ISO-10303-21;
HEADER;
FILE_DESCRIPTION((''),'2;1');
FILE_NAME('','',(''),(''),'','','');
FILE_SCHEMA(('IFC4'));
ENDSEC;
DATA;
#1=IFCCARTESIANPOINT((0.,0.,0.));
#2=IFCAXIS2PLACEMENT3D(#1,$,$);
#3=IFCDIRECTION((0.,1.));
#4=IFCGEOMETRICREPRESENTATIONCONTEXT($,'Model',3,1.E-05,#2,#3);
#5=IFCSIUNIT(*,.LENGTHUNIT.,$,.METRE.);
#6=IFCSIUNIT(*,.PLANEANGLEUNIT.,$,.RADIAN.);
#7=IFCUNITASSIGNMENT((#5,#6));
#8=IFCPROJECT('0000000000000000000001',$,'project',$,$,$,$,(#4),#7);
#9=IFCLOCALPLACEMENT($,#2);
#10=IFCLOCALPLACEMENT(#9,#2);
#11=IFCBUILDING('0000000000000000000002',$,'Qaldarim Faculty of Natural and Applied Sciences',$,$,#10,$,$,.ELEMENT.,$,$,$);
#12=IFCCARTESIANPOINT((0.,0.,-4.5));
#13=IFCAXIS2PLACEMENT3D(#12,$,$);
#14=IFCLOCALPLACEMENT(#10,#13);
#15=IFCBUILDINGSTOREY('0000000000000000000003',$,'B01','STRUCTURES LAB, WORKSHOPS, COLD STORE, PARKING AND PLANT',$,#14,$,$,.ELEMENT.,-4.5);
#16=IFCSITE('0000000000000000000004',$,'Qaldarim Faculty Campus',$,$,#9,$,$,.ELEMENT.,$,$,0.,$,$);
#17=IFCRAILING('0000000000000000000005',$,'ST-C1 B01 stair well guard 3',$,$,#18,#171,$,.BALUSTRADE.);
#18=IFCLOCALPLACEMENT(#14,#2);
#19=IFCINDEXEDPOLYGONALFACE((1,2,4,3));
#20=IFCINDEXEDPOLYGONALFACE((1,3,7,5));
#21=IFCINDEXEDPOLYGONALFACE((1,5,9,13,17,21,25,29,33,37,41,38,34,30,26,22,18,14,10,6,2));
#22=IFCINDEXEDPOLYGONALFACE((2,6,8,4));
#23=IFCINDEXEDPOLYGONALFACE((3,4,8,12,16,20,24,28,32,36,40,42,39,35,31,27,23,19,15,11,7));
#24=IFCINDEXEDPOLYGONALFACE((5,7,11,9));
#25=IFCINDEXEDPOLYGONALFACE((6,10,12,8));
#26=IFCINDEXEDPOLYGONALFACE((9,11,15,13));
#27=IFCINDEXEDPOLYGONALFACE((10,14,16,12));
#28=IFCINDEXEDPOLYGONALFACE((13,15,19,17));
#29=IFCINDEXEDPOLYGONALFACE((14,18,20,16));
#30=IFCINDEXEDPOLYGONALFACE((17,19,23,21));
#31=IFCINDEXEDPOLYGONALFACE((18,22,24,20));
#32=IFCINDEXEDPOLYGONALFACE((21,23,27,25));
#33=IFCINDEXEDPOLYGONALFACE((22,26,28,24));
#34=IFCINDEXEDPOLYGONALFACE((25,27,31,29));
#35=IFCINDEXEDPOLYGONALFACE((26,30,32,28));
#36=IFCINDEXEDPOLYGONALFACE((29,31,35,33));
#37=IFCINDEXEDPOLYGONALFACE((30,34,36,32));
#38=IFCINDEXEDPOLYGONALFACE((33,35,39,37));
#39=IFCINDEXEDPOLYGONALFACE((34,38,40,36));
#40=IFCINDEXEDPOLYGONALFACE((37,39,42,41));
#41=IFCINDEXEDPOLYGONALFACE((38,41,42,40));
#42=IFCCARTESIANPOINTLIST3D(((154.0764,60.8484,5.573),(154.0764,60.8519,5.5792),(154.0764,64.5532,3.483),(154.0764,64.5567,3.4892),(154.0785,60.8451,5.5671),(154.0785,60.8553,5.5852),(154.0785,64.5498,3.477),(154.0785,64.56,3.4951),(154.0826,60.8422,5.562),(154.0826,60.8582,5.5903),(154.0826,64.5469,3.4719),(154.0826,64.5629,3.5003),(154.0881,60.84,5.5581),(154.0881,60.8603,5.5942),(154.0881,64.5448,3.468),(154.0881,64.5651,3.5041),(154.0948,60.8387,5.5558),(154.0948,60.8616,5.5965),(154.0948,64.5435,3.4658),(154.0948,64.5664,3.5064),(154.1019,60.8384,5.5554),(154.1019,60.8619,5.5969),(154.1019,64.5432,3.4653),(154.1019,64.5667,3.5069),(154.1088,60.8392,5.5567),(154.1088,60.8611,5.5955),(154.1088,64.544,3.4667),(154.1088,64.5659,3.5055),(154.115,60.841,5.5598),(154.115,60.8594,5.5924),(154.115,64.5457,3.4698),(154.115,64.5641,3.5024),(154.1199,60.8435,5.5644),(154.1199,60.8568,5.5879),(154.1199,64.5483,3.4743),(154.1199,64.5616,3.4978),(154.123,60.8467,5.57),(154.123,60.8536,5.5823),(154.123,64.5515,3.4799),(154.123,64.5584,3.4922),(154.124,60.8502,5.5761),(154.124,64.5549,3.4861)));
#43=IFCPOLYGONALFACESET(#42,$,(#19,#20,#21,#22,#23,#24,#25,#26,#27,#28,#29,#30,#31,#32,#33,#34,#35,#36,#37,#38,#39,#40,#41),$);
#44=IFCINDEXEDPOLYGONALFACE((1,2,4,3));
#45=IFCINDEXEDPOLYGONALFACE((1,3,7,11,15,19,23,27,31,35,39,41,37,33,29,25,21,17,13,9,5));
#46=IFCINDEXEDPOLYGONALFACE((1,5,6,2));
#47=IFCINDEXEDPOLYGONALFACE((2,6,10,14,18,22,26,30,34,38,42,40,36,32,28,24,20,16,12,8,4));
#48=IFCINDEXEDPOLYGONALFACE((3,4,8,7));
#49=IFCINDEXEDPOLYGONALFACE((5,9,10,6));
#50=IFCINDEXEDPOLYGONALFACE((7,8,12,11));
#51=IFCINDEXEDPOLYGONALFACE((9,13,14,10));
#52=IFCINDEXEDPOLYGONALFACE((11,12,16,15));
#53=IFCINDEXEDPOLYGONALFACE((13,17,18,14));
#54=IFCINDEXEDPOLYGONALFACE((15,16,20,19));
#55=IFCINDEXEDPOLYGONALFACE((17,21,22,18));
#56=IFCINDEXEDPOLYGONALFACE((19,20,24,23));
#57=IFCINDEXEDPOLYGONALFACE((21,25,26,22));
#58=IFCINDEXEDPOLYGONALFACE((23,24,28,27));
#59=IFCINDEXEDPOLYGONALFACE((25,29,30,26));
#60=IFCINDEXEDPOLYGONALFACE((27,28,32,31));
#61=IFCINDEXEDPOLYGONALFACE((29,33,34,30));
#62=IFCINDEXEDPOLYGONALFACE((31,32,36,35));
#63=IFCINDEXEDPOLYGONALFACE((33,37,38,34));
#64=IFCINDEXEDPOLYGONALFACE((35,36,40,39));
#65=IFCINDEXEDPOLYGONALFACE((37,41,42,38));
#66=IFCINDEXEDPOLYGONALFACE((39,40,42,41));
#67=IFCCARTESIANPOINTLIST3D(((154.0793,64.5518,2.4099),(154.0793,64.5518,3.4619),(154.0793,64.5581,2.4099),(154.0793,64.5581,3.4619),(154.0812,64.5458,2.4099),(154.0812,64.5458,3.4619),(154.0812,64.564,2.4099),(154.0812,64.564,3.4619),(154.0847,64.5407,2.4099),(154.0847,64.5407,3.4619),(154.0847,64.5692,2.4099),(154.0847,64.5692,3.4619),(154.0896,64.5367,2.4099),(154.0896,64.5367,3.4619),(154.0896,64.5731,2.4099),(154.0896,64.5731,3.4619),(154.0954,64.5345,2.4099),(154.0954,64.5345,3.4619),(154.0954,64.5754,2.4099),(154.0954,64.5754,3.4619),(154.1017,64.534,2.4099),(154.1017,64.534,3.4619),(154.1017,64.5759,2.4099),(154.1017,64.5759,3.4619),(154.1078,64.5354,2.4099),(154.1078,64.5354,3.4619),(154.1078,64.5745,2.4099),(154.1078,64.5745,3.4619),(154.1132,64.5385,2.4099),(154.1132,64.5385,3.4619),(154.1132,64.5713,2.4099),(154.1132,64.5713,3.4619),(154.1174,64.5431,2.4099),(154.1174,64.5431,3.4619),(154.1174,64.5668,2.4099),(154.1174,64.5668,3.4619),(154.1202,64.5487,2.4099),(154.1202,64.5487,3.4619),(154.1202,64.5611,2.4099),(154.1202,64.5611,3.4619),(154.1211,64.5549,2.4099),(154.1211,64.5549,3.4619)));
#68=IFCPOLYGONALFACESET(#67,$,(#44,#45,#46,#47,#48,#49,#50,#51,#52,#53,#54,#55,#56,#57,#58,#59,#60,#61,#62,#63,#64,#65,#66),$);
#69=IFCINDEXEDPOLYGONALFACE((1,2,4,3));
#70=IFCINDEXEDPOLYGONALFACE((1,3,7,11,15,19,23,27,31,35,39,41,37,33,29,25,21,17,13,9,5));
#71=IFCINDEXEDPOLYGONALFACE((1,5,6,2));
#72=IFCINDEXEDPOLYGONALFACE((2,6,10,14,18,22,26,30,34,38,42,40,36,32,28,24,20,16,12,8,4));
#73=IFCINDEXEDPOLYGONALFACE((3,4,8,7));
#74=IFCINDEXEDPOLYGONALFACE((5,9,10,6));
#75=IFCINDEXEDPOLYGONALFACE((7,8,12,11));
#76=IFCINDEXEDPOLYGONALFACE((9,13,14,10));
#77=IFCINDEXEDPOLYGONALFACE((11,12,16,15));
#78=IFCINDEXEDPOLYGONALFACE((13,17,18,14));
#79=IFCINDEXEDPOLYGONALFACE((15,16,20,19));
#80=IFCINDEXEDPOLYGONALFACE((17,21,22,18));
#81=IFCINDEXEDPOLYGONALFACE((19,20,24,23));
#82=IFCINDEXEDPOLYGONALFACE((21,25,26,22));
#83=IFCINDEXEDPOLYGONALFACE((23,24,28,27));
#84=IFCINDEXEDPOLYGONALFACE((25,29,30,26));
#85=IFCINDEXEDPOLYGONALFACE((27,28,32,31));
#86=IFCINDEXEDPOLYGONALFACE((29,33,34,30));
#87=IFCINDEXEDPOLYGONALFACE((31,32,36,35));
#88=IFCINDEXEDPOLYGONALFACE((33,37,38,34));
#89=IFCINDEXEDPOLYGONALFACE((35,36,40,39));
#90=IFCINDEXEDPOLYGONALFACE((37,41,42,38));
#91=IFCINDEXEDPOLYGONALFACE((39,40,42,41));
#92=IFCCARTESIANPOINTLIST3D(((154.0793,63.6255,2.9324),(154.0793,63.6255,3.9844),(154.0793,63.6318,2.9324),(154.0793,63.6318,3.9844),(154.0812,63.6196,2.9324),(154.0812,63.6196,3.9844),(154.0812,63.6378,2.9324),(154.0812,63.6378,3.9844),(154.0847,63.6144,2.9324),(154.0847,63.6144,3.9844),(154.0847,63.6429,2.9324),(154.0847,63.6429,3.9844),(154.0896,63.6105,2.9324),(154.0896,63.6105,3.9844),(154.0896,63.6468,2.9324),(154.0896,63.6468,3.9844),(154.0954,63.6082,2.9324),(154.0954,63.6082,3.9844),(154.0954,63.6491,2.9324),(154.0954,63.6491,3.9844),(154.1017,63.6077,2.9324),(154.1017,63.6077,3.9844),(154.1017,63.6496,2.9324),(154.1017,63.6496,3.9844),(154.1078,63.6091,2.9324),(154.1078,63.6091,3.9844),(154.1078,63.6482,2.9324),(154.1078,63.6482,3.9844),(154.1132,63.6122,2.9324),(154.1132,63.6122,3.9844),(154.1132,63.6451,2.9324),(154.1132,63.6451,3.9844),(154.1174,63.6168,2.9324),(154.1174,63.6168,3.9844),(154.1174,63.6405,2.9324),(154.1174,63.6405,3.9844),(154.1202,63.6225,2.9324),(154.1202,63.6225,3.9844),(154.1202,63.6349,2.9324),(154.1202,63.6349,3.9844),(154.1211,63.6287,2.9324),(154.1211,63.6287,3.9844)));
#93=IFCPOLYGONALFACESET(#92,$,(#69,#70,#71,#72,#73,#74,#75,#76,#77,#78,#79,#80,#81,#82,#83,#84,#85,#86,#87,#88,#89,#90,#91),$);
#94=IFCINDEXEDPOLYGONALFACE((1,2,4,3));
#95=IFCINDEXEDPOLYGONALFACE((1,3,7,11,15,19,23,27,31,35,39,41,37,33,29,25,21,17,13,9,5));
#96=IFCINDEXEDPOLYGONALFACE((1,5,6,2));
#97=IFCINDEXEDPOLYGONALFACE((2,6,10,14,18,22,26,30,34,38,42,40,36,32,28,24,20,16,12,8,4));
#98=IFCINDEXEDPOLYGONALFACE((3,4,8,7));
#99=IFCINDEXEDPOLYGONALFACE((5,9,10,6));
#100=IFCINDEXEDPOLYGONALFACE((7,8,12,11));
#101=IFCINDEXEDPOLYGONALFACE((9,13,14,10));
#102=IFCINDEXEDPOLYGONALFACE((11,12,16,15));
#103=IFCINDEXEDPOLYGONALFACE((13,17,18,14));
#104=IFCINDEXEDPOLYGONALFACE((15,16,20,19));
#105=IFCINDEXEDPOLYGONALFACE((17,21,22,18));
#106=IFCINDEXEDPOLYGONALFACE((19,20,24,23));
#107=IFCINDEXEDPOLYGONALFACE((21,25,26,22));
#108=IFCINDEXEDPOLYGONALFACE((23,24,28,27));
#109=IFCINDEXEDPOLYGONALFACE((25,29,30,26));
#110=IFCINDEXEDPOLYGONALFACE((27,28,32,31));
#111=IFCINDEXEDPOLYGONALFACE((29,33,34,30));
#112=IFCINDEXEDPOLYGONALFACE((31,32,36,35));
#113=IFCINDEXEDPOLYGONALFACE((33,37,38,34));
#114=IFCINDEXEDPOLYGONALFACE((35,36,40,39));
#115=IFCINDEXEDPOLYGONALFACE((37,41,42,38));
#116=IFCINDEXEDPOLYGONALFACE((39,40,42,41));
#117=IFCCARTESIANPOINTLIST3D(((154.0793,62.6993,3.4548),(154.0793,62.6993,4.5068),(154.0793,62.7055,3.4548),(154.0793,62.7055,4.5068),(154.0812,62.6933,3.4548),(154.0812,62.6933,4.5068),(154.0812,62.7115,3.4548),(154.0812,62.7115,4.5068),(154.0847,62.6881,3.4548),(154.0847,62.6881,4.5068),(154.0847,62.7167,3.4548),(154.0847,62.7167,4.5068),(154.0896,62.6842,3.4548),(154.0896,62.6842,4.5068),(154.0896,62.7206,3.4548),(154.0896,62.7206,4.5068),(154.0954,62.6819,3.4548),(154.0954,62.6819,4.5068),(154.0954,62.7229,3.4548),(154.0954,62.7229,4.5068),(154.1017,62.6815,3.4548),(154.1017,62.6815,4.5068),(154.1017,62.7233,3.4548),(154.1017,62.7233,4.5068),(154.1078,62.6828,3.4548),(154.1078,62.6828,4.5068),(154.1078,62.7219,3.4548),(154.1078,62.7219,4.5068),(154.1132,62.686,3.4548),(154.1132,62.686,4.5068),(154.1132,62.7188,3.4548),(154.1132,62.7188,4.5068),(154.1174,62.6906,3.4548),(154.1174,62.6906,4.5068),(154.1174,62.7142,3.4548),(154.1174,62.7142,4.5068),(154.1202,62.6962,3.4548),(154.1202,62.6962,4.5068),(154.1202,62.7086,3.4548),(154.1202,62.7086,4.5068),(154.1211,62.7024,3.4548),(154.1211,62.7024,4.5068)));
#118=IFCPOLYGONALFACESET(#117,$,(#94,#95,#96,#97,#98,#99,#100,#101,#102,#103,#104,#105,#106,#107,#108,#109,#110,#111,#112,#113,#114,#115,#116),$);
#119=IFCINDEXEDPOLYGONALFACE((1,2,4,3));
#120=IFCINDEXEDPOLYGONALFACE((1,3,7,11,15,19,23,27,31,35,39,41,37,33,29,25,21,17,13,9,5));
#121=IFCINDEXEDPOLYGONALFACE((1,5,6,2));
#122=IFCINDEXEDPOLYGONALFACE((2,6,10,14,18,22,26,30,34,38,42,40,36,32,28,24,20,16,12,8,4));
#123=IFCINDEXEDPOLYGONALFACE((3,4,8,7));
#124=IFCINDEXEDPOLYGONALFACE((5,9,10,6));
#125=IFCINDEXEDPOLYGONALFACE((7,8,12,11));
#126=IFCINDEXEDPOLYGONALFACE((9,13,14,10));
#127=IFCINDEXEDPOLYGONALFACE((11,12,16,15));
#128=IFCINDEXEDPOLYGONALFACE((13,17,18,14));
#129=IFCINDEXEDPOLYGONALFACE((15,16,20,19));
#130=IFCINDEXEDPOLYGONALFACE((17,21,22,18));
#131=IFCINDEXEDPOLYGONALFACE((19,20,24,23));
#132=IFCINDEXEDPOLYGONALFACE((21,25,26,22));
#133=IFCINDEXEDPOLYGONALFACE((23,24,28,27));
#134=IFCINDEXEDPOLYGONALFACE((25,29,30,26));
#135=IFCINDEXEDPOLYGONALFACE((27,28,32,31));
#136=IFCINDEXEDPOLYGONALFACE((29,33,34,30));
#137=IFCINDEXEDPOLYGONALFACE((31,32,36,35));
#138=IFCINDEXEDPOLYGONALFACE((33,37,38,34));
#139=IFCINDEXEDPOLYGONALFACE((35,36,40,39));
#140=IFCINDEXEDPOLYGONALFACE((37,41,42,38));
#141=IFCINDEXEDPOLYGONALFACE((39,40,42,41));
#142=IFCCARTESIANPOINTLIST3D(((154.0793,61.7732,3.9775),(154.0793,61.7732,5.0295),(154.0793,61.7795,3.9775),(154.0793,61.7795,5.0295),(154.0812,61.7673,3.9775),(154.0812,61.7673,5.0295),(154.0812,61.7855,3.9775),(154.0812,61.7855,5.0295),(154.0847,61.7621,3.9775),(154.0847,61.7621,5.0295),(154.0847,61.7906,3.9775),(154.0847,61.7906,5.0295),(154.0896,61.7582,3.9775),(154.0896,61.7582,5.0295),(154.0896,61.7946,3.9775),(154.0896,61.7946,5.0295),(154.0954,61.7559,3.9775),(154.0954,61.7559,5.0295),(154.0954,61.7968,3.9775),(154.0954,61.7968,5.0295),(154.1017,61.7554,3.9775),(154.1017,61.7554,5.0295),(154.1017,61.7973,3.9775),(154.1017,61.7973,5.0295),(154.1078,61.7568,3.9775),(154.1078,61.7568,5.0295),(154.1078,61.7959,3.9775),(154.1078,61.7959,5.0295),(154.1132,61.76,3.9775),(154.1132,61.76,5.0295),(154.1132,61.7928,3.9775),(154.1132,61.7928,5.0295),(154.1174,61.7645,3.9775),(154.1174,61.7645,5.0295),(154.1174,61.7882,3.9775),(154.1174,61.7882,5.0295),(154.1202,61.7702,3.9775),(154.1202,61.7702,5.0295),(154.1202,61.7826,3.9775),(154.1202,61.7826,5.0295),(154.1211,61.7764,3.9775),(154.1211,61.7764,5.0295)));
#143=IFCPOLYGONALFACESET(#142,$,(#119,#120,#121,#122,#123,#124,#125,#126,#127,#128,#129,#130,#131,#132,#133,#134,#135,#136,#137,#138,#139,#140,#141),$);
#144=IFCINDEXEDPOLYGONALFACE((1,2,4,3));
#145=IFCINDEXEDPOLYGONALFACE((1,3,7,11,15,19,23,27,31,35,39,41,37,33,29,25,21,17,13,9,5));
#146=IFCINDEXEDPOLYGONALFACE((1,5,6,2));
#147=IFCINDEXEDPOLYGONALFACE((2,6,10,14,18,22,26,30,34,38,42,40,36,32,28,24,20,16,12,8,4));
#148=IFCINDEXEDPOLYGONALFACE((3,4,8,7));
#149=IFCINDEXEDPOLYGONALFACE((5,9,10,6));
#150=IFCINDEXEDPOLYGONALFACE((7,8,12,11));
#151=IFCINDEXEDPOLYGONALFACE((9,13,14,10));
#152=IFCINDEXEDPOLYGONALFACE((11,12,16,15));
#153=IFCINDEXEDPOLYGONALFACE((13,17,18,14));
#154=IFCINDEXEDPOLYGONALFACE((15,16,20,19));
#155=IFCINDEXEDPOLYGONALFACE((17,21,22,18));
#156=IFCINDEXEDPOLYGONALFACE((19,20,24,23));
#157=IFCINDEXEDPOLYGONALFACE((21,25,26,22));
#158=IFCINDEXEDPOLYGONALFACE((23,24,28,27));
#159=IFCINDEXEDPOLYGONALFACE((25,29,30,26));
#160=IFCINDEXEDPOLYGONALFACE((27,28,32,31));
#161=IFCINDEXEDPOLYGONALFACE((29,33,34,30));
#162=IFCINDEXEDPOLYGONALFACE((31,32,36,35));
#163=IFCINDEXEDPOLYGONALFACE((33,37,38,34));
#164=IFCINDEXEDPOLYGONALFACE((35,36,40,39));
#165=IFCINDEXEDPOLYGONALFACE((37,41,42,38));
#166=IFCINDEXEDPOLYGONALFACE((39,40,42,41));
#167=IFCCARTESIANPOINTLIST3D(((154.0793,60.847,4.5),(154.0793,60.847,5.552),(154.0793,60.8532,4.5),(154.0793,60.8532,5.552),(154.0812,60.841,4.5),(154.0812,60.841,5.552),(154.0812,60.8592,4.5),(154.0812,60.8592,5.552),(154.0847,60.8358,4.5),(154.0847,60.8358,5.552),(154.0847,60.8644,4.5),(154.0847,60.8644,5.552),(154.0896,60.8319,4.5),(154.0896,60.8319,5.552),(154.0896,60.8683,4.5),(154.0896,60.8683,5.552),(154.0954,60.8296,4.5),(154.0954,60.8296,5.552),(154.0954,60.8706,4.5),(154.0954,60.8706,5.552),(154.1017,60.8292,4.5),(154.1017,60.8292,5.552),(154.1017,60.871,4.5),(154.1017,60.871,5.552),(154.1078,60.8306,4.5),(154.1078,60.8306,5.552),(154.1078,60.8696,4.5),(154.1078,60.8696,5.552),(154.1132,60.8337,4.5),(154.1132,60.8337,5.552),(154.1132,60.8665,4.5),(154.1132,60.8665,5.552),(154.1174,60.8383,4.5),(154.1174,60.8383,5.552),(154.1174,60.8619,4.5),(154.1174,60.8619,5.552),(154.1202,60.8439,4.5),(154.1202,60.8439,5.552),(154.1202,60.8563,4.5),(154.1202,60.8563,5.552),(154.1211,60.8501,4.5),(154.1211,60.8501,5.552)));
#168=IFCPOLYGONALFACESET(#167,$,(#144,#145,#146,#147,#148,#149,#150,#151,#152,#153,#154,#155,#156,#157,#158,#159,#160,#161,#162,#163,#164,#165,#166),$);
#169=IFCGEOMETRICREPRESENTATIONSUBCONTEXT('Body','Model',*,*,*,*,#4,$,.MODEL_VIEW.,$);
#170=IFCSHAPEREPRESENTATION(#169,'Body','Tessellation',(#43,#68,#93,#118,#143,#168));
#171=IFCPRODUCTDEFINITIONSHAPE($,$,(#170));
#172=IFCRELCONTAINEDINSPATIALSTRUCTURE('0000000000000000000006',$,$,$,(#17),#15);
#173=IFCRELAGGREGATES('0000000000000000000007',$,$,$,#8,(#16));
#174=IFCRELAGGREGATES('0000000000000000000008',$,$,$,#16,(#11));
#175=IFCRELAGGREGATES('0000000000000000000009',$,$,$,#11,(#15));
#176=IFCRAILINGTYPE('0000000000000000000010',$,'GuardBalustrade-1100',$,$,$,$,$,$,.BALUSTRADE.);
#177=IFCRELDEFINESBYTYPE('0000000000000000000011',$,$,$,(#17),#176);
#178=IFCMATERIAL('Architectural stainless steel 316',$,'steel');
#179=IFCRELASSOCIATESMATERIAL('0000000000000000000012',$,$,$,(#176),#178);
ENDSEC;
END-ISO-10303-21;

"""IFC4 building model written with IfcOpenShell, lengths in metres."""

from ifc_helpers import new_model, si_unit, direction, frame, origin, origin_2d, place, context, subcontext, project, spatial, circle, extrude, material, type_object, element, save


model = new_model("IFC4")

# Units and contexts
model_context = context("Model", 3, precision=1e-05, world=origin(), true_north=direction((0.0, 1.0)))
body_context = subcontext(model_context, "Body", "Model", "MODEL_VIEW")
ifc_project = project(units=[si_unit("LENGTHUNIT", "METRE"), si_unit("PLANEANGLEUNIT", "RADIAN")], contexts=[model_context])

# Site, building, storey
site_placement = place(None, origin())
site = spatial("IfcSite", under=ifc_project, at=site_placement, Name="Qaldarim Faculty Campus", CompositionType="ELEMENT", RefElevation=0.0)
building_placement = place(site_placement, origin())
building = spatial("IfcBuilding", under=site, at=building_placement, Name="Qaldarim Faculty of Natural and Applied Sciences", CompositionType="ELEMENT")
storey_placement = place(building_placement, frame((0.0, 0.0, -4.5)))
storey = spatial("IfcBuildingStorey", under=building, at=storey_placement, Name="B01", Description="STRUCTURES LAB, WORKSHOPS, COLD STORE, PARKING AND PLANT", CompositionType="ELEMENT", Elevation=-4.5)

# Shared definitions
ifc_material_1 = material(Name="Architectural stainless steel 316", Category="steel")

# Railing
railing_type = type_object("IfcRailingType", Name="GuardBalustrade-1100", PredefinedType="BALUSTRADE", material=ifc_material_1)
railing_1_placement = place(storey_placement, frame((154.1001, 64.5549, 2.4099)))
element("IfcRailing", 1, at=railing_1_placement, inside=storey, type_object=railing_type, Name="ST-C1 B01 stair well guard 3", PredefinedType="BALUSTRADE", context=body_context, shape_type="SweptSolid", body=[
    extrude(circle(Radius=0.0239, at=origin_2d()), frame((0.0, 0.0, 1.0762), z_axis=(0.0, -0.87096, 0.491354), x_axis=(1.0, 0.0, 0.0)), (0.0, 0.0, 1.0), 4.2537),
    extrude(circle(Radius=0.021, at=origin_2d()), origin(), (0.0, 0.0, 1.0), 1.052),
    extrude(circle(Radius=0.021, at=origin_2d()), frame((0.0, -0.9263, 0.5225)), (0.0, 0.0, 1.0), 1.052),
    extrude(circle(Radius=0.021, at=origin_2d()), frame((0.0, -1.8525, 1.0449)), (0.0, 0.0, 1.0), 1.052),
    extrude(circle(Radius=0.021, at=origin_2d()), frame((0.0, -2.7786, 1.5676)), (0.0, 0.0, 1.0), 1.052),
    extrude(circle(Radius=0.021, at=origin_2d()), frame((0.0, -3.7048, 2.0901)), (0.0, 0.0, 1.0), 1.052),
])

save(model, "model.ifc")
